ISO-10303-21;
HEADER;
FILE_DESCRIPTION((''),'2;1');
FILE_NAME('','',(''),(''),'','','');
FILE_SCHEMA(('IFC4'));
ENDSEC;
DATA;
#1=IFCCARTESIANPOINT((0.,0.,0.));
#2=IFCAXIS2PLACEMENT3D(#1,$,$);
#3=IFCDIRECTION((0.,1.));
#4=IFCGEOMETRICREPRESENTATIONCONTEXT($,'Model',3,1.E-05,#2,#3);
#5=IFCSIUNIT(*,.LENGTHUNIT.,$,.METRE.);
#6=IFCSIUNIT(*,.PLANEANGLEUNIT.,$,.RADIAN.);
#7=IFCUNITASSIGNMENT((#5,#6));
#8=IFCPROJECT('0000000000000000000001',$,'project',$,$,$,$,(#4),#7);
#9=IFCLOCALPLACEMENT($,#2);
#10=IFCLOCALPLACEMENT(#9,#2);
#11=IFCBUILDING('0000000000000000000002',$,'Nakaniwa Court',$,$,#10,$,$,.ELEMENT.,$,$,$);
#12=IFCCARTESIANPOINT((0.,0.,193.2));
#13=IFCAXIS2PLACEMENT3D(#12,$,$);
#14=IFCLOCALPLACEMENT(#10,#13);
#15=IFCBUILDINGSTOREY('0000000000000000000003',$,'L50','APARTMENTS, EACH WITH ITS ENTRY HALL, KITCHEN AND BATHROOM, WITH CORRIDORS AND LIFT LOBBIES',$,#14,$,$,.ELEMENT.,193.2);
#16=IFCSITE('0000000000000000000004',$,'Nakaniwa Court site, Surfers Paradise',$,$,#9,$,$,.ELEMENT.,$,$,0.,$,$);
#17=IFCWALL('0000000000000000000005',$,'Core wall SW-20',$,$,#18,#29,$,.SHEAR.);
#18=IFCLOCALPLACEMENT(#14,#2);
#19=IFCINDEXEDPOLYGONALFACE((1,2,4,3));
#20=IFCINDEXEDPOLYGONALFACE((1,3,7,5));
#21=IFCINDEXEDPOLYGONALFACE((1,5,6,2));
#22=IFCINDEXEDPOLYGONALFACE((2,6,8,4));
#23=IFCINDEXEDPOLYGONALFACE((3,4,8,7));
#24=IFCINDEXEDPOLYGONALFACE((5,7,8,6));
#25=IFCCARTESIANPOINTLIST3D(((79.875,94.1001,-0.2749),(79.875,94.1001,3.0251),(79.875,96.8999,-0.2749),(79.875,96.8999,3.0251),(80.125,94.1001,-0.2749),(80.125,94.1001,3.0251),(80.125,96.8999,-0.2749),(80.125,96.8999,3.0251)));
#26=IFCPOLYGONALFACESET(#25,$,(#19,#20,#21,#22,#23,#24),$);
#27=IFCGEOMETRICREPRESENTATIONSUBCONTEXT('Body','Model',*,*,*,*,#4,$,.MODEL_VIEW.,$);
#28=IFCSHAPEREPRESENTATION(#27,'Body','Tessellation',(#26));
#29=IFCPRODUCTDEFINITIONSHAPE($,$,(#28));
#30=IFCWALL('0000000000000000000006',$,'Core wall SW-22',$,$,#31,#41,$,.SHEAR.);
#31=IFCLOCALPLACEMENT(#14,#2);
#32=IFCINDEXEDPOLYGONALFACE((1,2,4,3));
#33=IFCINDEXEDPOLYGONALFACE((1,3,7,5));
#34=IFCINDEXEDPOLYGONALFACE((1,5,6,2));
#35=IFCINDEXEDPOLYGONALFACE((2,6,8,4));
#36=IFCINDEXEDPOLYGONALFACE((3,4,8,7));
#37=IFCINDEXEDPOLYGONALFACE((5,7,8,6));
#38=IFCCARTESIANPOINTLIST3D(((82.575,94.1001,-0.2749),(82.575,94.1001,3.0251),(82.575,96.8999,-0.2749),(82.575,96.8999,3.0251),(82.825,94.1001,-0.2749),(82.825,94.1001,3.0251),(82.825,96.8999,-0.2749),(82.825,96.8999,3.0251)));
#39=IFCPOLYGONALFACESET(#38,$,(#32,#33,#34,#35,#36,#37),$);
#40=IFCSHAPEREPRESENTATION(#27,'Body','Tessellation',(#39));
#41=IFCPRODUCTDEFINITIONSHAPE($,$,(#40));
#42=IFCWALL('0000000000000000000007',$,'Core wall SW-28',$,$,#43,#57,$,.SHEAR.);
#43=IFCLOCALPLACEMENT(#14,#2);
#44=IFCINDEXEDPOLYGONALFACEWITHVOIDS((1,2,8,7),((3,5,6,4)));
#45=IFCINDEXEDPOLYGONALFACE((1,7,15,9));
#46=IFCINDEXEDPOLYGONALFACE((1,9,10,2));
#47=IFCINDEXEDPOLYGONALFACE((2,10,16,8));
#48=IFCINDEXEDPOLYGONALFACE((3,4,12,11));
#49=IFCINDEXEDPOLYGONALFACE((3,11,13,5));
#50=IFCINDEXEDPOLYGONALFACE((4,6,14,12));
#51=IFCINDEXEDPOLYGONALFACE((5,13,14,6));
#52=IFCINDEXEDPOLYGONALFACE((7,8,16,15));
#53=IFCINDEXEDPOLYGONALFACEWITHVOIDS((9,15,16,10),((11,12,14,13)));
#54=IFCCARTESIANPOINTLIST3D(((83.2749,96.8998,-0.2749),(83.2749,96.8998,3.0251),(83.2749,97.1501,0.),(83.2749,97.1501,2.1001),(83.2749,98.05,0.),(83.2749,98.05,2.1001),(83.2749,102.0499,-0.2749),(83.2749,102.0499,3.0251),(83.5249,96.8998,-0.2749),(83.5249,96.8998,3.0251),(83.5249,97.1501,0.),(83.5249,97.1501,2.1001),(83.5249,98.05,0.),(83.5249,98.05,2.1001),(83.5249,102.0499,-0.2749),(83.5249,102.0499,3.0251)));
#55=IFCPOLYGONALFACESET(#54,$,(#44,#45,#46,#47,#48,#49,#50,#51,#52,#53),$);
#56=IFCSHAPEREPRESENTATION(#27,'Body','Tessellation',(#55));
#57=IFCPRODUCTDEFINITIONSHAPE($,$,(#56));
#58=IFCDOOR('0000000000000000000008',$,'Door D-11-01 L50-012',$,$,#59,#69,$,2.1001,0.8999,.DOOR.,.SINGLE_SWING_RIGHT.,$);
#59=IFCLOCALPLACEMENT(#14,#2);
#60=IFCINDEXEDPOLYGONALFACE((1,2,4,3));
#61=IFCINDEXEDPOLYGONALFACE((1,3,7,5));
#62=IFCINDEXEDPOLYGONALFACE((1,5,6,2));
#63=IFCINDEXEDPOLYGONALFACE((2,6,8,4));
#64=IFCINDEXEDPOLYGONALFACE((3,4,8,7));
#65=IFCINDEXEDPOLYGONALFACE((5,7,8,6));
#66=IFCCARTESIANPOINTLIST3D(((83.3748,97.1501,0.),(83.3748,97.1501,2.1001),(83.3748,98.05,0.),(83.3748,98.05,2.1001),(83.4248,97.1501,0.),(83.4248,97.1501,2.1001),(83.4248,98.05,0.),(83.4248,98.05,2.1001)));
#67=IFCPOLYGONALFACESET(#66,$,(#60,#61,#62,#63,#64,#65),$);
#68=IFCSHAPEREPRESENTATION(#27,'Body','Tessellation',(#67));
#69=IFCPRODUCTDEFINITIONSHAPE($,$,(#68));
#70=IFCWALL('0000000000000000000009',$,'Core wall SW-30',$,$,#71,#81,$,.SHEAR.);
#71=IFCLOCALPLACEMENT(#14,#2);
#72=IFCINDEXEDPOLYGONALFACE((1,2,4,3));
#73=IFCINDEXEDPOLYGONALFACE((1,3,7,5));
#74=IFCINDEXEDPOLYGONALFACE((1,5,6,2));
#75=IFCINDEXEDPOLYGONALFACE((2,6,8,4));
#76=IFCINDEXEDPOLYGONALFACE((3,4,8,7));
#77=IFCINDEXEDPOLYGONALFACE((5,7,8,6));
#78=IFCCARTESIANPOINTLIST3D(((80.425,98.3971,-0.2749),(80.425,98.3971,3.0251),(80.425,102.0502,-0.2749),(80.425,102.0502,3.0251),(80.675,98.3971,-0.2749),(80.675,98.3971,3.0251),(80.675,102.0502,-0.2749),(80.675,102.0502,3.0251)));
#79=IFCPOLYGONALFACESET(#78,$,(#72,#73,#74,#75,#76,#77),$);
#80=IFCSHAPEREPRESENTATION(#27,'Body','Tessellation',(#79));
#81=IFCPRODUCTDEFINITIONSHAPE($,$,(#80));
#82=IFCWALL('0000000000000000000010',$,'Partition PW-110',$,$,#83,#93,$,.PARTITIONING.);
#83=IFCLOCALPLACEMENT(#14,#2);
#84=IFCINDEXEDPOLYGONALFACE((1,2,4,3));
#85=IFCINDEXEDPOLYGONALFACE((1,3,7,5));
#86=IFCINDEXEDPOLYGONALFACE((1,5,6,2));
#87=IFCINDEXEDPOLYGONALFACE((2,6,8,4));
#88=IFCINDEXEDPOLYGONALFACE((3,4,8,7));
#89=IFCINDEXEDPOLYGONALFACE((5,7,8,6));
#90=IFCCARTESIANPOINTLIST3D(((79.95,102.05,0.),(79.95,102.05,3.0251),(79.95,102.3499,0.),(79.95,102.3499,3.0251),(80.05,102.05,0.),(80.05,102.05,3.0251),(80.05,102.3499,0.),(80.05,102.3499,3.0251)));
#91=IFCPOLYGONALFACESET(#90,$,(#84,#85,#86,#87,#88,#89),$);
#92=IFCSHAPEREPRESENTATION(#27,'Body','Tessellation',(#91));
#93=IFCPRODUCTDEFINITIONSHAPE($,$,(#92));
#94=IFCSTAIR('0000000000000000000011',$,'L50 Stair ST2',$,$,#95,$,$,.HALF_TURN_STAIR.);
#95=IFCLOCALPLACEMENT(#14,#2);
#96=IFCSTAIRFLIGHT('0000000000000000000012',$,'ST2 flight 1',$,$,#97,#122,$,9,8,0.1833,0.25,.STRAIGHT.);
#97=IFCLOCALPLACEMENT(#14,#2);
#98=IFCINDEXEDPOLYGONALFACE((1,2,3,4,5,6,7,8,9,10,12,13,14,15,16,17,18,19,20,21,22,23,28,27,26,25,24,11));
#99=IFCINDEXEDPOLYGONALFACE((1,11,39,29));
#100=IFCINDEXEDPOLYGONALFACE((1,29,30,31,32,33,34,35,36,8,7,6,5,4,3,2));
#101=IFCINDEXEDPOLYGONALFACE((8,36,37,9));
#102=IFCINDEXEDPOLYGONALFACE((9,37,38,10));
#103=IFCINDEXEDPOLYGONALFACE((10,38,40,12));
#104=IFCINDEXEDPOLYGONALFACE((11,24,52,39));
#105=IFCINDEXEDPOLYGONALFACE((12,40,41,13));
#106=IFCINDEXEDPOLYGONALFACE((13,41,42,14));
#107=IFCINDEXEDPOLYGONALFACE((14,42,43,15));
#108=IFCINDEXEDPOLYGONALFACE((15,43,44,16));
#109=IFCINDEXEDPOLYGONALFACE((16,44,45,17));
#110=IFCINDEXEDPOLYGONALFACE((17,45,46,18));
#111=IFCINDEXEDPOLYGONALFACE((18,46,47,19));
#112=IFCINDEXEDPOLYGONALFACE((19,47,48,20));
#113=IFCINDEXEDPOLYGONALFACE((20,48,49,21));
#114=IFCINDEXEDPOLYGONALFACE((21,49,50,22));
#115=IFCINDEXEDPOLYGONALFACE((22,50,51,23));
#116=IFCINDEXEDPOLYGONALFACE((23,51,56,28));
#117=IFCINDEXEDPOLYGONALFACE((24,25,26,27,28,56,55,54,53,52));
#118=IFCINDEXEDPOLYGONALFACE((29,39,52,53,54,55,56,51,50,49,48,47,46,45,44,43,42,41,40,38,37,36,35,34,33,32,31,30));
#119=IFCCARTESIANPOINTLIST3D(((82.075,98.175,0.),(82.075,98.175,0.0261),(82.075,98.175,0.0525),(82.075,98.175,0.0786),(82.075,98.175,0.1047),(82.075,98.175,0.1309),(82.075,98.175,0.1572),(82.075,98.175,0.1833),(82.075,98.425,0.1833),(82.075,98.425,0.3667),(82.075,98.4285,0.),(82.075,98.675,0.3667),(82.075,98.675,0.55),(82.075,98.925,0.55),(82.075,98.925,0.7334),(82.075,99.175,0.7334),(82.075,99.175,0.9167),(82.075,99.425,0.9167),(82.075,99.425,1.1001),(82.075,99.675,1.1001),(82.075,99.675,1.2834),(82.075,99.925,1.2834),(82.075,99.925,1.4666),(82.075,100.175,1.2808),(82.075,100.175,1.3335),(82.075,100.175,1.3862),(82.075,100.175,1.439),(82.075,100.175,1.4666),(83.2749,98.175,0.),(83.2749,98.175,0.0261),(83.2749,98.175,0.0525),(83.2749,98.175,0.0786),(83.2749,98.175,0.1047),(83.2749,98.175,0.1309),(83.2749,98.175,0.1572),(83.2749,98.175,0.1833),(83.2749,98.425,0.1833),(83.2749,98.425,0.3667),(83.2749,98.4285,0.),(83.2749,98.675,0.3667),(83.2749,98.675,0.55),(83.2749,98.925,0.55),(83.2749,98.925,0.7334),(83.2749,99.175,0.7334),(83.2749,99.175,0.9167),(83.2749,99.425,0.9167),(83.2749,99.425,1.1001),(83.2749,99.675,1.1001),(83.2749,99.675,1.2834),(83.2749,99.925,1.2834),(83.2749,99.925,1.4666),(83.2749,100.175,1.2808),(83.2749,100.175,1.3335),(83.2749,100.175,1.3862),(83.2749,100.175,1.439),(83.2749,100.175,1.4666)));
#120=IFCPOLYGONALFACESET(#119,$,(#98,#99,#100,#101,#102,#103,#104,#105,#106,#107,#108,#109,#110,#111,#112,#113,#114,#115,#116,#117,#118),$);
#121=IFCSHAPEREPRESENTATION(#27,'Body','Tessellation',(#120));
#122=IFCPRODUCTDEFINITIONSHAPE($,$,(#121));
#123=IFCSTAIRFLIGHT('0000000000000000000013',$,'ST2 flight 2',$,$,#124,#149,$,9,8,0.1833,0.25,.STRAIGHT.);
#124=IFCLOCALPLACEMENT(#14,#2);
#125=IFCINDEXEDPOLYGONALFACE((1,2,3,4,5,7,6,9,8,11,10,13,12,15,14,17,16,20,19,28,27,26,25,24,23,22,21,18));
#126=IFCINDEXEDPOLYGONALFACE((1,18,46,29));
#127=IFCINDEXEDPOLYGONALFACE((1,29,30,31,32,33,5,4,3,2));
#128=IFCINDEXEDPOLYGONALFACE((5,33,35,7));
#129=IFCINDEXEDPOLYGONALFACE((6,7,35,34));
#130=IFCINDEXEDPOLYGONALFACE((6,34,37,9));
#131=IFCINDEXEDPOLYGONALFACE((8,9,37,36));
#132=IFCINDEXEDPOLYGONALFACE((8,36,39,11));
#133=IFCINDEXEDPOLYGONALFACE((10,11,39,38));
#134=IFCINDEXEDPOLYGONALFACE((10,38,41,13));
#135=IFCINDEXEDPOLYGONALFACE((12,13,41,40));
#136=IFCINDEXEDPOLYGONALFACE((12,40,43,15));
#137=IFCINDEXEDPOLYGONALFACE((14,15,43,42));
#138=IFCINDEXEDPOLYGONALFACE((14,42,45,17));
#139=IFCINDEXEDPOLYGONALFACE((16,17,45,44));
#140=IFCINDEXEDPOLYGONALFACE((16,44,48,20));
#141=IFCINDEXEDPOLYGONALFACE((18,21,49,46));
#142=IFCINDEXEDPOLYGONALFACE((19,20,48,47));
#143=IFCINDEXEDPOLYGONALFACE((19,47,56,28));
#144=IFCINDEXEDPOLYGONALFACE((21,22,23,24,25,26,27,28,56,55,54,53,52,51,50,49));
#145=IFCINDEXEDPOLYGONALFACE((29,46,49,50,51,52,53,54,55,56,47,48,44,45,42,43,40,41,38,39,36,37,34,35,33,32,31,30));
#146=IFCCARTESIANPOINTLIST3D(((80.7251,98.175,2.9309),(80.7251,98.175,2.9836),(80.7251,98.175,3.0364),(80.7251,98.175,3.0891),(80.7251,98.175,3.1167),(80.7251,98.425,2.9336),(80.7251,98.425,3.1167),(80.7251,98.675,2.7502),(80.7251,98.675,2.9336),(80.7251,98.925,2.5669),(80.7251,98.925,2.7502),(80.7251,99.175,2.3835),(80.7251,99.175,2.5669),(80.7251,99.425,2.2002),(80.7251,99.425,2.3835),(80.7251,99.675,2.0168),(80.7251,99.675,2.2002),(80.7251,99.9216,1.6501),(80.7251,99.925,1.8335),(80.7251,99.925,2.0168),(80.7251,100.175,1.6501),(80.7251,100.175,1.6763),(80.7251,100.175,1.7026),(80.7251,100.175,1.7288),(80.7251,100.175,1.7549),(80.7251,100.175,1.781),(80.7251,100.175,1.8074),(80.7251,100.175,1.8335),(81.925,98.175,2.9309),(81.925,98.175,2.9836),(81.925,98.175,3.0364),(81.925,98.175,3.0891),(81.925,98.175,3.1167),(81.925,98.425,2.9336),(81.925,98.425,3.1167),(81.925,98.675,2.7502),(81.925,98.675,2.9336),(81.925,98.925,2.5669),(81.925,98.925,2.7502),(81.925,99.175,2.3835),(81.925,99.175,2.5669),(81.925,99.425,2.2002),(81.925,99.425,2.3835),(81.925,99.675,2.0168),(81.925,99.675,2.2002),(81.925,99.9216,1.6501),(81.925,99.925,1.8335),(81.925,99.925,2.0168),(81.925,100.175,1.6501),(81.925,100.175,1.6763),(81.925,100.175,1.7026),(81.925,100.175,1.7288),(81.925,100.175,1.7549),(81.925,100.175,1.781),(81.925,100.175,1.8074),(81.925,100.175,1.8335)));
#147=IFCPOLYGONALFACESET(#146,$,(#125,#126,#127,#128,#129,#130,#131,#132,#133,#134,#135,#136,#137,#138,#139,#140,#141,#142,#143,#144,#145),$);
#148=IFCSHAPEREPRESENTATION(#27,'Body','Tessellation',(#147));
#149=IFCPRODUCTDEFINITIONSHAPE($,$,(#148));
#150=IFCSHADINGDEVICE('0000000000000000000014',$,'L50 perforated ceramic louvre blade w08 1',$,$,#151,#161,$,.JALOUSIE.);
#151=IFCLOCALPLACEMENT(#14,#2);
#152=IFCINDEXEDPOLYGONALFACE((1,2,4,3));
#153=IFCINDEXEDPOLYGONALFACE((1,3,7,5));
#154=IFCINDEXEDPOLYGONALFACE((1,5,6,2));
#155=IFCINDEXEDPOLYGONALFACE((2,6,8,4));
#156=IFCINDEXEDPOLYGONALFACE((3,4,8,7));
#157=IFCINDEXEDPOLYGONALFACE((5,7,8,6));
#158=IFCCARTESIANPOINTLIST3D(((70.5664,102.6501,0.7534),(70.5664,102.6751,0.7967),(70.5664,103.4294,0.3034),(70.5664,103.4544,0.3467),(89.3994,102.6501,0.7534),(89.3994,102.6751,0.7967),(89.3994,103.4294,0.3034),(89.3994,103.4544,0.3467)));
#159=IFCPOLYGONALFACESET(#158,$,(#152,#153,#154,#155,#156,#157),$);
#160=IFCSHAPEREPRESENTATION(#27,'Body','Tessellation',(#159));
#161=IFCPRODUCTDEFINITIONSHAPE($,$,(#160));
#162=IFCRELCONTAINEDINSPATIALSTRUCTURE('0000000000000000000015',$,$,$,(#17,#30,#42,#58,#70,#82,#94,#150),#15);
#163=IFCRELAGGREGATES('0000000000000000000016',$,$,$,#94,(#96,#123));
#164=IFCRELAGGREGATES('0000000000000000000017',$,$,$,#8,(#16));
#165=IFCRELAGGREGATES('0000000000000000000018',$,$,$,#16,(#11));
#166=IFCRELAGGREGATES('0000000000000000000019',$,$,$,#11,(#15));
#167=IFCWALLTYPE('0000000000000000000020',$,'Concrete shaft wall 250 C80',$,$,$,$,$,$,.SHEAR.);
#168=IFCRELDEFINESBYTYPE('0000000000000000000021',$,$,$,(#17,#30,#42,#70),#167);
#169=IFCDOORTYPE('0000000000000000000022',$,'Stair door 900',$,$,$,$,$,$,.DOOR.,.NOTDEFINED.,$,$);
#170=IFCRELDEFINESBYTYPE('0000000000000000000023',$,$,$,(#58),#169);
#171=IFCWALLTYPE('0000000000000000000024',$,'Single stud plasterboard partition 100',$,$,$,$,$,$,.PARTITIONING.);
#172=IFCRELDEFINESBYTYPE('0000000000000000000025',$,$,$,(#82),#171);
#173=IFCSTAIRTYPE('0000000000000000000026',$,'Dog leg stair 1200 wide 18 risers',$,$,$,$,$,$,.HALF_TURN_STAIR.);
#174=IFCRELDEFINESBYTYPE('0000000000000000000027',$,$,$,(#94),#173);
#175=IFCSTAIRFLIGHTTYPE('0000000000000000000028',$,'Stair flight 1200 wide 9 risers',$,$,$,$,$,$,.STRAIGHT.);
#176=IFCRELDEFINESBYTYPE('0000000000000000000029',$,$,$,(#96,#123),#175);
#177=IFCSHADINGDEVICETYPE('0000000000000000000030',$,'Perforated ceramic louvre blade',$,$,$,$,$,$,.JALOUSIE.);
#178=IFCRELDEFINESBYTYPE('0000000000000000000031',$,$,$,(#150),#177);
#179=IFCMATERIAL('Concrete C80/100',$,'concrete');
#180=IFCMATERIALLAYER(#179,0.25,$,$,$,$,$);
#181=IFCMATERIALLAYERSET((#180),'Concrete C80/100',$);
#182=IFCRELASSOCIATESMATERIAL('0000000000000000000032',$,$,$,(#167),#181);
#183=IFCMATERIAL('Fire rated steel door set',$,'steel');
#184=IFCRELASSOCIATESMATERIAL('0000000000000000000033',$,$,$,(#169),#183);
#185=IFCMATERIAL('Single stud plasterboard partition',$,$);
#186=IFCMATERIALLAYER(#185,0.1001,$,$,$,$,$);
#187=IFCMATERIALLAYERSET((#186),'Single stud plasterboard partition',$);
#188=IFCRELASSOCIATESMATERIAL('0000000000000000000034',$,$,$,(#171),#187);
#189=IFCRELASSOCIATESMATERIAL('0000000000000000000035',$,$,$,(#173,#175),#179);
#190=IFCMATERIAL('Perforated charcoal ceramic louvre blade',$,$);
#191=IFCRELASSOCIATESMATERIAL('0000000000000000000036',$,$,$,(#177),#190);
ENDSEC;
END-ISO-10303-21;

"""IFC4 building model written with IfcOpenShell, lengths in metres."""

from ifc_helpers import new_model, si_unit, direction, frame, frame_2d, origin, origin_2d, place, context, subcontext, project, spatial, polyline, rectangle, outline, extrude, material, layer, layer_set, material_profile, profile_set, type_object, element, fill, aggregate, save


model = new_model("IFC4")

# Units and contexts
model_context = context("Model", 3, precision=1e-05, world=origin(), true_north=direction((0.0, 1.0)))
body_context = subcontext(model_context, "Body", "Model", "MODEL_VIEW")
ifc_project = project(units=[si_unit("LENGTHUNIT", "METRE"), si_unit("PLANEANGLEUNIT", "RADIAN")], contexts=[model_context])

# Site, building, storey
site_placement = place(None, origin())
site = spatial("IfcSite", under=ifc_project, at=site_placement, Name="Nakaniwa Court site, Surfers Paradise", CompositionType="ELEMENT", RefElevation=0.0)
building_placement = place(site_placement, origin())
building = spatial("IfcBuilding", under=site, at=building_placement, Name="Nakaniwa Court", CompositionType="ELEMENT")
storey_placement = place(building_placement, frame((0.0, 0.0, 193.2)))
storey = spatial("IfcBuildingStorey", under=building, at=storey_placement, Name="L50", Description="APARTMENTS, EACH WITH ITS ENTRY HALL, KITCHEN AND BATHROOM, WITH CORRIDORS AND LIFT LOBBIES", CompositionType="ELEMENT", Elevation=193.2)

# Shared definitions
ifc_material_1 = material(Name="Fire rated steel door set", Category="steel")
ifc_material_2 = material(Name="Concrete C80/100", Category="concrete")

# Shared definitions
ifc_layer_1 = layer(ifc_material_2, 0.25)
ifc_layer_set_1 = layer_set([ifc_layer_1], Name="Concrete C80/100")
wall_type_1 = type_object("IfcWallType", Name="Concrete shaft wall 250 C80", PredefinedType="SHEAR", material=ifc_layer_set_1)

# Walls
for number, where, z_axis, x_axis, name in (
    (1, (80.0, 94.1001, -0.2749), (0.0, 0.0, 1.0), (0.0, 1.0, 0.0), "Core wall SW-20"),
    (2, (82.7, 94.1001, -0.2749), (0.0, 0.0, 1.0), (0.0, 1.0, 0.0), "Core wall SW-22"),
):
    element("IfcWall", number, at=place(storey_placement, frame(where, z_axis=z_axis, x_axis=x_axis)), inside=storey, type_object=wall_type_1, Name=name, PredefinedType="SHEAR", context=body_context, shape_type="SweptSolid", body=[
        extrude(rectangle(XDim=2.7998, YDim=0.25, at=frame_2d((1.3999, 0.0))), origin(), (0.0, 0.0, 1.0), 3.3),
    ])

# Wall, opening, door
wall_1_placement = place(storey_placement, frame((83.3999, 102.05, -0.2749), z_axis=(0.0, 0.0, 1.0), x_axis=(0.0, -1.0, 0.0)))
wall_1 = element("IfcWall", 3, at=wall_1_placement, inside=storey, type_object=wall_type_1, Name="Core wall SW-28", PredefinedType="SHEAR", context=body_context, shape_type="SweptSolid", body=[
    extrude(rectangle(XDim=5.1501, YDim=0.25, at=frame_2d((2.5752, 0.0))), origin(), (0.0, 0.0, 1.0), 3.3),
])
opening_1_placement = place(wall_1_placement, frame((4.0, 0.0, 0.2749)))
opening_1 = element("IfcOpeningElement", 4, at=opening_1_placement, cuts=wall_1, PredefinedType="OPENING", context=body_context, shape_type="SweptSolid", body=[
    extrude(rectangle(XDim=0.8999, YDim=2.1001, at=frame_2d((0.45, 1.05))), frame((0.0, 0.135, 0.0), z_axis=(0.0, -1.0, 0.0), x_axis=(1.0, 0.0, 0.0)), (0.0, 0.0, 1.0), 0.27),
])
door_type_1 = type_object("IfcDoorType", Name="Stair door 900", OperationType="NOTDEFINED", PredefinedType="DOOR", material=ifc_material_1)
door_1_placement = place(opening_1_placement, origin())
door_1 = element("IfcDoor", 5, at=door_1_placement, inside=storey, type_object=door_type_1, Name="Door D-11-01 L50-012", OperationType="SINGLE_SWING_RIGHT", OverallHeight=2.1001, OverallWidth=0.8999, PredefinedType="DOOR", context=body_context, shape_type="SweptSolid", body=[
    extrude(rectangle(XDim=0.8999, YDim=2.1001, at=frame_2d((0.45, 1.05))), frame((0.0, 0.0249, 0.0), z_axis=(0.0, -1.0, 0.0), x_axis=(1.0, 0.0, 0.0)), (0.0, 0.0, 1.0), 0.05),
])
fill(opening_1, door_1)

# Walls
wall_2_placement = place(storey_placement, frame((80.55, 98.397, -0.2749), z_axis=(0.0, 0.0, 1.0), x_axis=(0.0, 1.0, 0.0)))
element("IfcWall", 6, at=wall_2_placement, inside=storey, type_object=wall_type_1, Name="Core wall SW-30", PredefinedType="SHEAR", context=body_context, shape_type="SweptSolid", body=[
    extrude(rectangle(XDim=3.6531, YDim=0.25, at=frame_2d((1.8267, 0.0))), origin(), (0.0, 0.0, 1.0), 3.3),
])
ifc_material_3 = material(Name="Single stud plasterboard partition")
ifc_layer_2 = layer(ifc_material_3, 0.1001)
ifc_layer_set_2 = layer_set([ifc_layer_2], Name="Single stud plasterboard partition")
wall_type_2 = type_object("IfcWallType", Name="Single stud plasterboard partition 100", PredefinedType="PARTITIONING", material=ifc_layer_set_2)
wall_3_placement = place(storey_placement, frame((80.0, 102.05, 0.0), z_axis=(0.0, 0.0, 1.0), x_axis=(0.0, 1.0, 0.0)))
element("IfcWall", 7, at=wall_3_placement, inside=storey, type_object=wall_type_2, Name="Partition PW-110", PredefinedType="PARTITIONING", context=body_context, shape_type="SweptSolid", body=[
    extrude(rectangle(XDim=0.2998, YDim=0.1001, at=frame_2d((0.1499, 0.0))), origin(), (0.0, 0.0, 1.0), 3.0251),
])

# Stair, stair flights
stair_type = type_object("IfcStairType", Name="Dog leg stair 1200 wide 18 risers", PredefinedType="HALF_TURN_STAIR", material=ifc_material_2)
stair_placement = place(storey_placement, origin())
stair = element("IfcStair", 8, at=stair_placement, inside=storey, type_object=stair_type, Name="L50 Stair ST2", PredefinedType="HALF_TURN_STAIR")
stair_flight_type = type_object("IfcStairFlightType", Name="Stair flight 1200 wide 9 risers", PredefinedType="STRAIGHT", material=ifc_material_2)
stair_flight_1_placement = place(storey_placement, frame((82.675, 98.175, 0.0), z_axis=(0.0, 0.0, 1.0), x_axis=(0.0, 1.0, 0.0)))
stair_flight_1 = element("IfcStairFlight", 9, at=stair_flight_1_placement, type_object=stair_flight_type, Name="ST2 flight 1", NumberOfRisers=9, NumberOfTreads=8, PredefinedType="STRAIGHT", RiserHeight=0.1833, TreadLength=0.25, context=body_context, shape_type="SweptSolid", body=[
    extrude(outline(polyline([(0.0, 0.0), (0.0, 0.0261), (0.0, 0.0525), (0.0, 0.0786), (0.0, 0.1047), (0.0, 0.1309), (0.0, 0.1572), (0.0, 0.1833), (0.25, 0.1833), (0.25, 0.3667), (0.5, 0.3667), (0.5, 0.55), (0.75, 0.55), (0.75, 0.7334), (1.0, 0.7334), (1.0, 0.9167), (1.25, 0.9167), (1.25, 1.1001), (1.5, 1.1001), (1.5, 1.2834), (1.75, 1.2834), (1.75, 1.4666), (2.0, 1.4666), (2.0, 1.6499), (2.0, 1.5972), (2.0, 1.5444), (2.0, 1.4917), (2.0, 1.439), (2.0, 1.3862), (2.0, 1.3335), (2.0, 1.2808), (0.2534, 0.0), (0.0, 0.0)])), frame((0.0, 0.6001, 0.0), z_axis=(0.0, -1.0, 0.0), x_axis=(1.0, 0.0, 0.0)), (0.0, 0.0, 1.0), 1.2),
])
stair_flight_2_placement = place(storey_placement, frame((81.325, 100.175, 1.6501), z_axis=(0.0, 0.0, 1.0), x_axis=(0.0, -1.0, 0.0)))
stair_flight_2 = element("IfcStairFlight", 10, at=stair_flight_2_placement, type_object=stair_flight_type, Name="ST2 flight 2", NumberOfRisers=9, NumberOfTreads=8, PredefinedType="STRAIGHT", RiserHeight=0.1833, TreadLength=0.25, context=body_context, shape_type="SweptSolid", body=[
    extrude(outline(polyline([(0.0, 0.0), (0.0, 0.0261), (0.0, 0.0525), (0.0, 0.0786), (0.0, 0.1047), (0.0, 0.1309), (0.0, 0.1572), (0.0, 0.1833), (0.25, 0.1833), (0.25, 0.3667), (0.5, 0.3667), (0.5, 0.55), (0.75, 0.55), (0.75, 0.7334), (1.0, 0.7334), (1.0, 0.9167), (1.25, 0.9167), (1.25, 1.1001), (1.5, 1.1001), (1.5, 1.2834), (1.75, 1.2834), (1.75, 1.4666), (2.0, 1.4666), (2.0, 1.6499), (2.0, 1.5972), (2.0, 1.5444), (2.0, 1.4917), (2.0, 1.439), (2.0, 1.3862), (2.0, 1.3335), (2.0, 1.2808), (0.2534, 0.0), (0.0, 0.0)])), frame((0.0, 0.6001, 0.0), z_axis=(0.0, -1.0, 0.0), x_axis=(1.0, 0.0, 0.0)), (0.0, 0.0, 1.0), 1.2),
])
aggregate(stair, [stair_flight_1, stair_flight_2])

# Shading device
ifc_material_4 = material(Name="Perforated charcoal ceramic louvre blade")
ifc_material_profile = material_profile(ifc_material_4, rectangle(XDim=0.8999, YDim=0.05, at=origin_2d()), Name="Perforated ceramic louvre blade")
ifc_profile_set = profile_set([ifc_material_profile], Name="Perforated charcoal ceramic louvre blade")
shading_device_type = type_object("IfcShadingDeviceType", Name="Perforated ceramic louvre blade", PredefinedType="JALOUSIE", material=ifc_profile_set)
shading_device_placement = place(storey_placement, frame((89.3994, 103.0522, 0.55), z_axis=(-1.0, 0.0, 0.0), x_axis=(0.0, -0.866025, 0.5)))
element("IfcShadingDevice", 11, at=shading_device_placement, inside=storey, type_object=shading_device_type, Name="L50 perforated ceramic louvre blade w08 1", PredefinedType="JALOUSIE", context=body_context, shape_type="SweptSolid", body=[
    extrude(rectangle(XDim=0.8999, YDim=0.05, at=origin_2d()), origin(), (0.0, 0.0, 1.0), 18.833),
])

save(model, "model.ifc")
